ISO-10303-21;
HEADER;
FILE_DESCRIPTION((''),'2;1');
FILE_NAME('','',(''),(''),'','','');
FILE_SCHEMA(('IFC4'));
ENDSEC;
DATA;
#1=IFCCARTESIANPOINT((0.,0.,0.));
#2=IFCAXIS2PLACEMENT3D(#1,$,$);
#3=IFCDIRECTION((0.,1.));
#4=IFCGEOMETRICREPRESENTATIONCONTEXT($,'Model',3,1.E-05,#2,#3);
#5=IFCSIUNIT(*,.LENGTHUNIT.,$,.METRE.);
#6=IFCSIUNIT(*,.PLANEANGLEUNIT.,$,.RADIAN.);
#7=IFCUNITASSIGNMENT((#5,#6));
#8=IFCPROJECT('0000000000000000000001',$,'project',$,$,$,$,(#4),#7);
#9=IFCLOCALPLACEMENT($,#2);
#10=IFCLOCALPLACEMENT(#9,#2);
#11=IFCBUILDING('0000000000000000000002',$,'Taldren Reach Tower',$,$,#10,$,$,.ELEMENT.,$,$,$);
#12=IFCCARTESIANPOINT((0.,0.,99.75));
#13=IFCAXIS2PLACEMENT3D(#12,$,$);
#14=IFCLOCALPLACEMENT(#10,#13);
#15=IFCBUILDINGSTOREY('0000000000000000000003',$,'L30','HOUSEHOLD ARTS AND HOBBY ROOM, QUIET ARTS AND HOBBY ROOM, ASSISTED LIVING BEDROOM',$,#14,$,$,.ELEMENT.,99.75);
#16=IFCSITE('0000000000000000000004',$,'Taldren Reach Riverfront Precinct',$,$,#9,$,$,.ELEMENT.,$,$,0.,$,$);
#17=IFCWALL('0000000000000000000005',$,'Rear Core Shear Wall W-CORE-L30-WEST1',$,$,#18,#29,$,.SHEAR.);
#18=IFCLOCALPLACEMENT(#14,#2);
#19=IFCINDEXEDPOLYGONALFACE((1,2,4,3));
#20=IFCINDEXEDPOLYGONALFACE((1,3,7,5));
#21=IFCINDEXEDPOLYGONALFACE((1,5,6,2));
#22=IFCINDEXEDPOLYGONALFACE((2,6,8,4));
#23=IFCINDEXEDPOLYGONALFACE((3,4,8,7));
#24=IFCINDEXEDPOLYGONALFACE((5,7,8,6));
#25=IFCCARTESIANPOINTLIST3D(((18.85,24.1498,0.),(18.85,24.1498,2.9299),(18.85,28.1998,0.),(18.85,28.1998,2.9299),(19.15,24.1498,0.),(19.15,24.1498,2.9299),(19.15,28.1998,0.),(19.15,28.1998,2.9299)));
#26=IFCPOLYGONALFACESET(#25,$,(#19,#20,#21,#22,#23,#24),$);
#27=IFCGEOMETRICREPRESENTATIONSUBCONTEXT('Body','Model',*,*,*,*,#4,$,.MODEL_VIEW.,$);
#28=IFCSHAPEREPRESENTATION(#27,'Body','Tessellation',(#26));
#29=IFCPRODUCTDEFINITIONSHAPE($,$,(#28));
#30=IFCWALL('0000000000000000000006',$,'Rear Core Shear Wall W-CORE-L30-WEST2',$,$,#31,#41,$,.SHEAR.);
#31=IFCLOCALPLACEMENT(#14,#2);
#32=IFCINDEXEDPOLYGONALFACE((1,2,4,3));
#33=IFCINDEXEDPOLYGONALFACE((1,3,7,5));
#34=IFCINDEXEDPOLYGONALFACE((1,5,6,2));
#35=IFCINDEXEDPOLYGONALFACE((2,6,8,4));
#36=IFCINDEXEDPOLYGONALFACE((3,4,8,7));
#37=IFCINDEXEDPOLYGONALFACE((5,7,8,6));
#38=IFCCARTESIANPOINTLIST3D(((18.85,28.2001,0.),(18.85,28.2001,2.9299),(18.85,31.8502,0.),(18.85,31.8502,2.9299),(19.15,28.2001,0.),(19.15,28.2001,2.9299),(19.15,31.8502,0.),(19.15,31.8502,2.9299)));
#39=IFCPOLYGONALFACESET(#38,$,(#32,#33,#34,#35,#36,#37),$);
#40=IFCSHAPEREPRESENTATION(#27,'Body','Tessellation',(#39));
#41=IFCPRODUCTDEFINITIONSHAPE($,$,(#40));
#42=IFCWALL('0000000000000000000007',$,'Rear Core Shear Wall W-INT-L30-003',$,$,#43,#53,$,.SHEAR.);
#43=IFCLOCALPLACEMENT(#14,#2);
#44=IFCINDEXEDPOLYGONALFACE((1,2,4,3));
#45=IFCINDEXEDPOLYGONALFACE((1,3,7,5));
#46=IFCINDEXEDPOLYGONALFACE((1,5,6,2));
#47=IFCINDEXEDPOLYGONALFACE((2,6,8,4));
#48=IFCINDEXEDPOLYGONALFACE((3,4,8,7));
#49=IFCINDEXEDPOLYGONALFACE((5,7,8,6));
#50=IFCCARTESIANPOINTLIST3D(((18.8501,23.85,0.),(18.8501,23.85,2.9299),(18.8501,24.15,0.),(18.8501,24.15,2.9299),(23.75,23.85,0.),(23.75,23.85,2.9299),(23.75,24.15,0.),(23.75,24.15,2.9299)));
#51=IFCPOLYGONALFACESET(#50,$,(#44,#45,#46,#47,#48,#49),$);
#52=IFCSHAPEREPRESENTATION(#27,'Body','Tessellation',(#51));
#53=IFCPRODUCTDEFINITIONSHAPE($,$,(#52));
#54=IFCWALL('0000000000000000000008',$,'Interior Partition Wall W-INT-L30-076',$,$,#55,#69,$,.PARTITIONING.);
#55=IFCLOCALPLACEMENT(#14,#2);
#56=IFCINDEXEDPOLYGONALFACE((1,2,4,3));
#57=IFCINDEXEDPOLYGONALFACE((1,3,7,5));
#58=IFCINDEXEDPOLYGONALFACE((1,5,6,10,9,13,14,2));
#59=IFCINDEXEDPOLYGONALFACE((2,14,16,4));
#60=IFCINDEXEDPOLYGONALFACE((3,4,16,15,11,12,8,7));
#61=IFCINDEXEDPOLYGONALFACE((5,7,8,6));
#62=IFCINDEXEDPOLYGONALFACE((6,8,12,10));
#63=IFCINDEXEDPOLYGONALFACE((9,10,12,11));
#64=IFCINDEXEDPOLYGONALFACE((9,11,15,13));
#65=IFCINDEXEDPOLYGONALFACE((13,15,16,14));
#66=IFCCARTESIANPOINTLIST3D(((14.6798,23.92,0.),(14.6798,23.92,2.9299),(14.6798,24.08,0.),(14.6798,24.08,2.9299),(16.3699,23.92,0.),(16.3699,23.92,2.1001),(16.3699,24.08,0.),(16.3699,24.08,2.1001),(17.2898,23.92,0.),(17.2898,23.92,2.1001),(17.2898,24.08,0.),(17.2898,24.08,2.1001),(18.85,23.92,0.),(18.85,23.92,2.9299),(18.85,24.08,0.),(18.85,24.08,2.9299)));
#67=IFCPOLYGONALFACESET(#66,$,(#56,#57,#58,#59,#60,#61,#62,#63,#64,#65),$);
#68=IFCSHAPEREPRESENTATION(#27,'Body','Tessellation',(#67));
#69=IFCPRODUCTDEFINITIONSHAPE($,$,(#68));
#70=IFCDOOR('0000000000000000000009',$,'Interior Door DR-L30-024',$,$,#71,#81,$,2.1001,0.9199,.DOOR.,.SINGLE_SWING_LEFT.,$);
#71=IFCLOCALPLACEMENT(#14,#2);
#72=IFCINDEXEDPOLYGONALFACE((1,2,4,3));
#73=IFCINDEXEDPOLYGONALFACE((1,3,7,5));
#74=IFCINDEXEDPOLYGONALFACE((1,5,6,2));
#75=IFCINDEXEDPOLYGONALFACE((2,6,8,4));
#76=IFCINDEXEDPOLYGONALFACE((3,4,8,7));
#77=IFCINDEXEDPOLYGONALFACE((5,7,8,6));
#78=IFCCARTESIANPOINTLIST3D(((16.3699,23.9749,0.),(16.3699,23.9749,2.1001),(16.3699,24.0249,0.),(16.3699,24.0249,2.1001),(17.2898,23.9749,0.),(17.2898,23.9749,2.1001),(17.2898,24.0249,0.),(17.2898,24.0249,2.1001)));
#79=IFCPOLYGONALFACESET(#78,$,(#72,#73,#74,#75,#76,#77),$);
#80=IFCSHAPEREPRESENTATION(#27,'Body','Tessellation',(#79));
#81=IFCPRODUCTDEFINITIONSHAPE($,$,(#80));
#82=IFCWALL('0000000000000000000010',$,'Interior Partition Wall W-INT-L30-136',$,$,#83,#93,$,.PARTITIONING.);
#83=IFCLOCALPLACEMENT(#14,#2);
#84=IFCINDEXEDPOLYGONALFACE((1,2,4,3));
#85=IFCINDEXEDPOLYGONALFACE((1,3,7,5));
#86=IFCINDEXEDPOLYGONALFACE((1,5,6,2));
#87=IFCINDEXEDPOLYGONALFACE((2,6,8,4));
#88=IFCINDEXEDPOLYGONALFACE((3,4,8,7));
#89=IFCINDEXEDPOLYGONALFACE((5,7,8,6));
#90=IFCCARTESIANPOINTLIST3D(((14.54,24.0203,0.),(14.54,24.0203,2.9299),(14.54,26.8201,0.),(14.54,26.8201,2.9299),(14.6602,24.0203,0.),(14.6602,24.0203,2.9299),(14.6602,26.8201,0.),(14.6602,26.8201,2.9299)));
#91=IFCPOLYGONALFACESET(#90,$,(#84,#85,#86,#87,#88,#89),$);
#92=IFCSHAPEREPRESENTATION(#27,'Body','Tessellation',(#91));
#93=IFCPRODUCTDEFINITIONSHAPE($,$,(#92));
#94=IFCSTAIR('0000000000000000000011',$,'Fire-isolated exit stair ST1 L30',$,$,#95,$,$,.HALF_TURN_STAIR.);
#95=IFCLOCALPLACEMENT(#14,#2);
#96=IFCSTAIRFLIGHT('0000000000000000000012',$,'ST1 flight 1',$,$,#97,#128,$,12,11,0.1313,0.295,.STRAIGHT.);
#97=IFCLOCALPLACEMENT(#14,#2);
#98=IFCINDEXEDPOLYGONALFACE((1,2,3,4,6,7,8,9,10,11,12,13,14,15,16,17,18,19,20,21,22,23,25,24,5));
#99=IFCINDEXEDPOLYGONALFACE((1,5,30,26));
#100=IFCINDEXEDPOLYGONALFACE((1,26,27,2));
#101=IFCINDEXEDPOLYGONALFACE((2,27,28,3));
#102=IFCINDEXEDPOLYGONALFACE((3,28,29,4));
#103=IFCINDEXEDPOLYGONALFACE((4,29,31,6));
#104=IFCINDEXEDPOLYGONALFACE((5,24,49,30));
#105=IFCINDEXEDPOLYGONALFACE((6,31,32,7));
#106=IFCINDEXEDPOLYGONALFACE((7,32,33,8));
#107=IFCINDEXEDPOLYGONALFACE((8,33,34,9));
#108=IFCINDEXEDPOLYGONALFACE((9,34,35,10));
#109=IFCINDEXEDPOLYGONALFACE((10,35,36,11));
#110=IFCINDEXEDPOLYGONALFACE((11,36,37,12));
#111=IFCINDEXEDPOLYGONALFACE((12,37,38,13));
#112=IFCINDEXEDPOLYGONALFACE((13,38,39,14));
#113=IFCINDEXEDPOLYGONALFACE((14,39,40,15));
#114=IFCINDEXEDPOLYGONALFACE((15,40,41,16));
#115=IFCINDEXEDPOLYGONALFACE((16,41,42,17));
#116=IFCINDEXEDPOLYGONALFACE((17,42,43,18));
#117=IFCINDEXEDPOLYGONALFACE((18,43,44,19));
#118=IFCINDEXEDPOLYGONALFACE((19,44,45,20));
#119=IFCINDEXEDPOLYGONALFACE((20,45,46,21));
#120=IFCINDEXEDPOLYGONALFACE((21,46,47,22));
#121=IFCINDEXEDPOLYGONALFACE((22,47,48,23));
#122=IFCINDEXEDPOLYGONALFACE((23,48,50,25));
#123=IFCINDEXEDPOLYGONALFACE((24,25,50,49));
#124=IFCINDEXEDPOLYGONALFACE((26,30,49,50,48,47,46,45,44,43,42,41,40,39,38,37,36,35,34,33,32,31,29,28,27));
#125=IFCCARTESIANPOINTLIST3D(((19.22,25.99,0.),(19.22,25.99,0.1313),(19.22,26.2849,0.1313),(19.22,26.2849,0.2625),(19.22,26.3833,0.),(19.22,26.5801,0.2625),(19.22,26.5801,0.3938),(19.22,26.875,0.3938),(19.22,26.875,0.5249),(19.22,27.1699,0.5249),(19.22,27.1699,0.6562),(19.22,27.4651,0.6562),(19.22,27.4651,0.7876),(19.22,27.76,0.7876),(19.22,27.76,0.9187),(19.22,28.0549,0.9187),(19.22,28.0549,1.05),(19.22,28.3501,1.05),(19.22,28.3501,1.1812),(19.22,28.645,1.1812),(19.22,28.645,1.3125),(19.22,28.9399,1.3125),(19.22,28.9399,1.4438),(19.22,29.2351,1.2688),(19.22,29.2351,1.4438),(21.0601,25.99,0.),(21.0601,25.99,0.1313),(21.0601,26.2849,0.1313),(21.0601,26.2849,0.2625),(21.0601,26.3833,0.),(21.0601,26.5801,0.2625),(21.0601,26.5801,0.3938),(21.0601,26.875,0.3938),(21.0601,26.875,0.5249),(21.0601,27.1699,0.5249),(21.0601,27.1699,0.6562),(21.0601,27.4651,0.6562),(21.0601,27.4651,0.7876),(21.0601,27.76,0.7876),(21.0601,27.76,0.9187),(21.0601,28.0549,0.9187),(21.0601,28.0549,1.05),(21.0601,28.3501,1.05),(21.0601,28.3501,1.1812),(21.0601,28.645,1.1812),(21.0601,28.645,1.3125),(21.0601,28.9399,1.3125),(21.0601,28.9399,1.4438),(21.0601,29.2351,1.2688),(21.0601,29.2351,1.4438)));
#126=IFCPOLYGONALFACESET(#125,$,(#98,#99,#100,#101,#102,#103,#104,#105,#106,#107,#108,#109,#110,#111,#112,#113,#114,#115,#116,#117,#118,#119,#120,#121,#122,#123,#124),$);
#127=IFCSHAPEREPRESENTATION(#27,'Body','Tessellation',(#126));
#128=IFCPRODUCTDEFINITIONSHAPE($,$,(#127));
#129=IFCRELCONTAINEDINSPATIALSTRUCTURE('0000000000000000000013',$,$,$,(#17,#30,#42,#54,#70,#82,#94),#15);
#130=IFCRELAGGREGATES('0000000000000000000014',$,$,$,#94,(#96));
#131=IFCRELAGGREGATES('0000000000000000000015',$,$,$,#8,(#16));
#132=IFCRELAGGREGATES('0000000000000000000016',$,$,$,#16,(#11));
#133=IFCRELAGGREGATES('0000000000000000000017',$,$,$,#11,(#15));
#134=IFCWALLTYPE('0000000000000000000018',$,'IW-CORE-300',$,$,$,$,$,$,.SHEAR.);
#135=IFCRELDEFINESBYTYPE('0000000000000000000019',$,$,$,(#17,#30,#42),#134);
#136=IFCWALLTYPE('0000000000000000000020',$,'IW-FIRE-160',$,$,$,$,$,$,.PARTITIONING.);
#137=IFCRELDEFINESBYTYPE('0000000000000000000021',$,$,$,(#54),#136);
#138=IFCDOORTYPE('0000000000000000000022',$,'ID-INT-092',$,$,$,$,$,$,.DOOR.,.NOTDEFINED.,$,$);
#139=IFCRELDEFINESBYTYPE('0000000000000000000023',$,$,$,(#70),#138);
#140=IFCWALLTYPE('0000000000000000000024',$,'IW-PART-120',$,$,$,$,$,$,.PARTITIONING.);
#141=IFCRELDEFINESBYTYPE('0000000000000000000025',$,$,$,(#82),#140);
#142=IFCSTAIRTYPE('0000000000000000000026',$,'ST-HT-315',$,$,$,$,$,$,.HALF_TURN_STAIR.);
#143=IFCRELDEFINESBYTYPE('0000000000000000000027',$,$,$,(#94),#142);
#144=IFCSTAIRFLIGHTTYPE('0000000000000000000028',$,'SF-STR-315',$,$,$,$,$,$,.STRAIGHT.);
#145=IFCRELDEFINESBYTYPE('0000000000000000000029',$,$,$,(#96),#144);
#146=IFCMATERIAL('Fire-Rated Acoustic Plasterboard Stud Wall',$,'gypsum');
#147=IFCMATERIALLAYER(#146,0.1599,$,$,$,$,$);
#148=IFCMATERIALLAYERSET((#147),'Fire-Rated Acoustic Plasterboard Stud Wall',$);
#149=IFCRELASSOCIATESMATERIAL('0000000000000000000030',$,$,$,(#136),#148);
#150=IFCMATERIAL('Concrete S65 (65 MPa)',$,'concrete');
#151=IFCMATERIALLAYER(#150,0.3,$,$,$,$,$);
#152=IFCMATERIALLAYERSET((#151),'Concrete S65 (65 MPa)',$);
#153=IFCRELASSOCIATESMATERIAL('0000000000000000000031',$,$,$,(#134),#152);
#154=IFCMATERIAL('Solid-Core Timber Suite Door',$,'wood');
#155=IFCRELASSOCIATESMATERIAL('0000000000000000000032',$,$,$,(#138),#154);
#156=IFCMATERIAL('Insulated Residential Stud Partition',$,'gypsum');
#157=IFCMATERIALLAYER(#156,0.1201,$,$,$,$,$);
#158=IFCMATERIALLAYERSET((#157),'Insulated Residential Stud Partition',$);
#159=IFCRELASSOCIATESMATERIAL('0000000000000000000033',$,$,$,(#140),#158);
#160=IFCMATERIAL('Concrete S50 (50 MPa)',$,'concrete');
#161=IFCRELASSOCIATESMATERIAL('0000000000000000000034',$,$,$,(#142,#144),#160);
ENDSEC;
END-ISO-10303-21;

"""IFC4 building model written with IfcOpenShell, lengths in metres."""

from ifc_helpers import new_model, si_unit, direction, frame, frame_2d, origin, place, context, subcontext, project, spatial, polyline, rectangle, outline, extrude, source, transform, mapped, material, layer, layer_set, type_object, element, fill, aggregate, save


model = new_model("IFC4")

# Units and contexts
model_context = context("Model", 3, precision=1e-05, world=origin(), true_north=direction((0.0, 1.0)))
body_context = subcontext(model_context, "Body", "Model", "MODEL_VIEW")
ifc_project = project(units=[si_unit("LENGTHUNIT", "METRE"), si_unit("PLANEANGLEUNIT", "RADIAN")], contexts=[model_context])

# Site, building, storey
site_placement = place(None, origin())
site = spatial("IfcSite", under=ifc_project, at=site_placement, Name="Taldren Reach Riverfront Precinct", CompositionType="ELEMENT", RefElevation=0.0)
building_placement = place(site_placement, origin())
building = spatial("IfcBuilding", under=site, at=building_placement, Name="Taldren Reach Tower", CompositionType="ELEMENT")
storey_placement = place(building_placement, frame((0.0, 0.0, 99.75)))
storey = spatial("IfcBuildingStorey", under=building, at=storey_placement, Name="L30", Description="HOUSEHOLD ARTS AND HOBBY ROOM, QUIET ARTS AND HOBBY ROOM, ASSISTED LIVING BEDROOM", CompositionType="ELEMENT", Elevation=99.75)

# Shared definitions
ifc_material_1 = material(Name="Concrete S65 (65 MPa)", Category="concrete")

# Walls
ifc_material_2 = material(Name="Fire-Rated Acoustic Plasterboard Stud Wall", Category="gypsum")
ifc_layer_1 = layer(ifc_material_2, 0.1599)
ifc_layer_set_1 = layer_set([ifc_layer_1], Name="Fire-Rated Acoustic Plasterboard Stud Wall")
wall_type_1 = type_object("IfcWallType", Name="IW-FIRE-160", PredefinedType="PARTITIONING", material=ifc_layer_set_1)
ifc_layer_2 = layer(ifc_material_1, 0.3)
ifc_layer_set_2 = layer_set([ifc_layer_2], Name="Concrete S65 (65 MPa)")
wall_type_2 = type_object("IfcWallType", Name="IW-CORE-300", PredefinedType="SHEAR", material=ifc_layer_set_2)
shared_shape_1 = source(origin(), body_context, "Body", "SweptSolid", [
    extrude(rectangle(XDim=4.05, YDim=0.3, at=frame_2d((2.0249, 0.0))), origin(), (0.0, 0.0, 1.0), 2.9299),
])
wall_1_placement = place(storey_placement, frame((19.0, 24.1499, 0.0), z_axis=(0.0, 0.0, 1.0), x_axis=(0.0, 1.0, 0.0)))
element("IfcWall", 1, at=wall_1_placement, inside=storey, type_object=wall_type_2, Name="Rear Core Shear Wall W-CORE-L30-WEST1", PredefinedType="SHEAR", context=body_context, shape_type="MappedRepresentation", body=[
    mapped(shared_shape_1, transform((0.0, 0.0, 0.0), scale=1.0)),
])
shared_shape_2 = source(origin(), body_context, "Body", "SweptSolid", [
    extrude(rectangle(XDim=3.6501, YDim=0.3, at=frame_2d((1.8252, 0.0))), origin(), (0.0, 0.0, 1.0), 2.9299),
])
wall_2_placement = place(storey_placement, frame((19.0, 28.2, 0.0), z_axis=(0.0, 0.0, 1.0), x_axis=(0.0, 1.0, 0.0)))
element("IfcWall", 2, at=wall_2_placement, inside=storey, type_object=wall_type_2, Name="Rear Core Shear Wall W-CORE-L30-WEST2", PredefinedType="SHEAR", context=body_context, shape_type="MappedRepresentation", body=[
    mapped(shared_shape_2, transform((0.0, 0.0, 0.0), scale=1.0)),
])
shared_shape_3 = source(origin(), body_context, "Body", "SweptSolid", [
    extrude(rectangle(XDim=4.8999, YDim=0.3, at=frame_2d((2.45, 0.0))), origin(), (0.0, 0.0, 1.0), 2.9299),
])
wall_3_placement = place(storey_placement, frame((18.8501, 24.0, 0.0), z_axis=(0.0, 0.0, 1.0), x_axis=(1.0, 0.0, 0.0)))
element("IfcWall", 3, at=wall_3_placement, inside=storey, type_object=wall_type_2, Name="Rear Core Shear Wall W-INT-L30-003", PredefinedType="SHEAR", context=body_context, shape_type="MappedRepresentation", body=[
    mapped(shared_shape_3, transform((0.0, 0.0, 0.0), scale=1.0)),
])

# Wall, opening, door
shared_shape_4 = source(origin(), body_context, "Body", "SweptSolid", [
    extrude(rectangle(XDim=4.1702, YDim=0.1599, at=frame_2d((2.085, 0.0))), origin(), (0.0, 0.0, 1.0), 2.9299),
])
wall_4_placement = place(storey_placement, frame((14.6799, 24.0, 0.0), z_axis=(0.0, 0.0, 1.0), x_axis=(1.0, 0.0, 0.0)))
wall_4 = element("IfcWall", 4, at=wall_4_placement, inside=storey, type_object=wall_type_1, Name="Interior Partition Wall W-INT-L30-076", PredefinedType="PARTITIONING", context=body_context, shape_type="MappedRepresentation", body=[
    mapped(shared_shape_4, transform((0.0, 0.0, 0.0), scale=1.0)),
])
shared_shape_5 = source(origin(), body_context, "Body", "SweptSolid", [
    extrude(rectangle(XDim=0.9199, YDim=2.1001, at=frame_2d((0.46, 1.05))), frame((0.0, 0.0898, 0.0), z_axis=(0.0, -1.0, 0.0), x_axis=(1.0, 0.0, 0.0)), (0.0, 0.0, 1.0), 0.1799),
])
opening_placement = place(wall_4_placement, frame((1.6899, 0.0, 0.0)))
opening = element("IfcOpeningElement", 5, at=opening_placement, cuts=wall_4, PredefinedType="OPENING", context=body_context, shape_type="MappedRepresentation", body=[
    mapped(shared_shape_5, transform((0.0, 0.0, 0.0), scale=1.0)),
])
ifc_material_3 = material(Name="Solid-Core Timber Suite Door", Category="wood")
door_type = type_object("IfcDoorType", Name="ID-INT-092", OperationType="NOTDEFINED", PredefinedType="DOOR", material=ifc_material_3)
shared_shape_6 = source(origin(), body_context, "Body", "SweptSolid", [
    extrude(rectangle(XDim=0.9199, YDim=2.1001, at=frame_2d((0.46, 1.05))), frame((0.0, 0.0249, 0.0), z_axis=(0.0, -1.0, 0.0), x_axis=(1.0, 0.0, 0.0)), (0.0, 0.0, 1.0), 0.05),
])
door_placement = place(opening_placement, origin())
door = element("IfcDoor", 6, at=door_placement, inside=storey, type_object=door_type, Name="Interior Door DR-L30-024", OperationType="SINGLE_SWING_LEFT", OverallHeight=2.1001, OverallWidth=0.9199, PredefinedType="DOOR", context=body_context, shape_type="MappedRepresentation", body=[
    mapped(shared_shape_6, transform((0.0, 0.0, 0.0), scale=1.0)),
])
fill(opening, door)

# Wall
ifc_material_4 = material(Name="Insulated Residential Stud Partition", Category="gypsum")
ifc_layer_3 = layer(ifc_material_4, 0.1201)
ifc_layer_set_3 = layer_set([ifc_layer_3], Name="Insulated Residential Stud Partition")
wall_type_3 = type_object("IfcWallType", Name="IW-PART-120", PredefinedType="PARTITIONING", material=ifc_layer_set_3)
shared_shape_7 = source(origin(), body_context, "Body", "SweptSolid", [
    extrude(rectangle(XDim=2.7998, YDim=0.1201, at=frame_2d((1.3999, 0.0))), origin(), (0.0, 0.0, 1.0), 2.9299),
])
wall_5_placement = place(storey_placement, frame((14.6001, 26.8201, 0.0), z_axis=(0.0, 0.0, 1.0), x_axis=(0.0, -1.0, 0.0)))
element("IfcWall", 7, at=wall_5_placement, inside=storey, type_object=wall_type_3, Name="Interior Partition Wall W-INT-L30-136", PredefinedType="PARTITIONING", context=body_context, shape_type="MappedRepresentation", body=[
    mapped(shared_shape_7, transform((0.0, 0.0, 0.0), scale=1.0)),
])

# Stair, stair flight
ifc_material_5 = material(Name="Concrete S50 (50 MPa)", Category="concrete")
stair_type = type_object("IfcStairType", Name="ST-HT-315", PredefinedType="HALF_TURN_STAIR", material=ifc_material_5)
stair_placement = place(storey_placement, origin())
stair = element("IfcStair", 8, at=stair_placement, inside=storey, type_object=stair_type, Name="Fire-isolated exit stair ST1 L30", PredefinedType="HALF_TURN_STAIR")
stair_flight_type = type_object("IfcStairFlightType", Name="SF-STR-315", PredefinedType="STRAIGHT", material=ifc_material_5)
stair_flight_placement = place(storey_placement, frame((20.1399, 25.99, 0.0), z_axis=(0.0, 0.0, 1.0), x_axis=(0.0, 1.0, 0.0)))
stair_flight = element("IfcStairFlight", 9, at=stair_flight_placement, type_object=stair_flight_type, Name="ST1 flight 1", NumberOfRisers=12, NumberOfTreads=11, PredefinedType="STRAIGHT", RiserHeight=0.1313, TreadLength=0.295, context=body_context, shape_type="SweptSolid", body=[
    extrude(outline(polyline([(0.0, 0.0), (0.0, 0.1313), (0.2949, 0.1313), (0.2949, 0.2625), (0.5901, 0.2625), (0.5901, 0.3938), (0.885, 0.3938), (0.885, 0.5249), (1.1799, 0.5249), (1.1799, 0.6562), (1.4751, 0.6562), (1.4751, 0.7876), (1.77, 0.7876), (1.77, 0.9187), (2.0649, 0.9187), (2.0649, 1.05), (2.3601, 1.05), (2.3601, 1.1812), (2.655, 1.1812), (2.655, 1.3125), (2.95, 1.3125), (2.95, 1.4438), (3.2451, 1.4438), (3.2451, 1.575), (3.2451, 1.2688), (0.3933, 0.0), (0.0, 0.0)])), frame((0.0, 0.9199, 0.0), z_axis=(0.0, -1.0, 0.0), x_axis=(1.0, 0.0, 0.0)), (0.0, 0.0, 1.0), 1.8401),
])
aggregate(stair, [stair_flight])

save(model, "model.ifc")
